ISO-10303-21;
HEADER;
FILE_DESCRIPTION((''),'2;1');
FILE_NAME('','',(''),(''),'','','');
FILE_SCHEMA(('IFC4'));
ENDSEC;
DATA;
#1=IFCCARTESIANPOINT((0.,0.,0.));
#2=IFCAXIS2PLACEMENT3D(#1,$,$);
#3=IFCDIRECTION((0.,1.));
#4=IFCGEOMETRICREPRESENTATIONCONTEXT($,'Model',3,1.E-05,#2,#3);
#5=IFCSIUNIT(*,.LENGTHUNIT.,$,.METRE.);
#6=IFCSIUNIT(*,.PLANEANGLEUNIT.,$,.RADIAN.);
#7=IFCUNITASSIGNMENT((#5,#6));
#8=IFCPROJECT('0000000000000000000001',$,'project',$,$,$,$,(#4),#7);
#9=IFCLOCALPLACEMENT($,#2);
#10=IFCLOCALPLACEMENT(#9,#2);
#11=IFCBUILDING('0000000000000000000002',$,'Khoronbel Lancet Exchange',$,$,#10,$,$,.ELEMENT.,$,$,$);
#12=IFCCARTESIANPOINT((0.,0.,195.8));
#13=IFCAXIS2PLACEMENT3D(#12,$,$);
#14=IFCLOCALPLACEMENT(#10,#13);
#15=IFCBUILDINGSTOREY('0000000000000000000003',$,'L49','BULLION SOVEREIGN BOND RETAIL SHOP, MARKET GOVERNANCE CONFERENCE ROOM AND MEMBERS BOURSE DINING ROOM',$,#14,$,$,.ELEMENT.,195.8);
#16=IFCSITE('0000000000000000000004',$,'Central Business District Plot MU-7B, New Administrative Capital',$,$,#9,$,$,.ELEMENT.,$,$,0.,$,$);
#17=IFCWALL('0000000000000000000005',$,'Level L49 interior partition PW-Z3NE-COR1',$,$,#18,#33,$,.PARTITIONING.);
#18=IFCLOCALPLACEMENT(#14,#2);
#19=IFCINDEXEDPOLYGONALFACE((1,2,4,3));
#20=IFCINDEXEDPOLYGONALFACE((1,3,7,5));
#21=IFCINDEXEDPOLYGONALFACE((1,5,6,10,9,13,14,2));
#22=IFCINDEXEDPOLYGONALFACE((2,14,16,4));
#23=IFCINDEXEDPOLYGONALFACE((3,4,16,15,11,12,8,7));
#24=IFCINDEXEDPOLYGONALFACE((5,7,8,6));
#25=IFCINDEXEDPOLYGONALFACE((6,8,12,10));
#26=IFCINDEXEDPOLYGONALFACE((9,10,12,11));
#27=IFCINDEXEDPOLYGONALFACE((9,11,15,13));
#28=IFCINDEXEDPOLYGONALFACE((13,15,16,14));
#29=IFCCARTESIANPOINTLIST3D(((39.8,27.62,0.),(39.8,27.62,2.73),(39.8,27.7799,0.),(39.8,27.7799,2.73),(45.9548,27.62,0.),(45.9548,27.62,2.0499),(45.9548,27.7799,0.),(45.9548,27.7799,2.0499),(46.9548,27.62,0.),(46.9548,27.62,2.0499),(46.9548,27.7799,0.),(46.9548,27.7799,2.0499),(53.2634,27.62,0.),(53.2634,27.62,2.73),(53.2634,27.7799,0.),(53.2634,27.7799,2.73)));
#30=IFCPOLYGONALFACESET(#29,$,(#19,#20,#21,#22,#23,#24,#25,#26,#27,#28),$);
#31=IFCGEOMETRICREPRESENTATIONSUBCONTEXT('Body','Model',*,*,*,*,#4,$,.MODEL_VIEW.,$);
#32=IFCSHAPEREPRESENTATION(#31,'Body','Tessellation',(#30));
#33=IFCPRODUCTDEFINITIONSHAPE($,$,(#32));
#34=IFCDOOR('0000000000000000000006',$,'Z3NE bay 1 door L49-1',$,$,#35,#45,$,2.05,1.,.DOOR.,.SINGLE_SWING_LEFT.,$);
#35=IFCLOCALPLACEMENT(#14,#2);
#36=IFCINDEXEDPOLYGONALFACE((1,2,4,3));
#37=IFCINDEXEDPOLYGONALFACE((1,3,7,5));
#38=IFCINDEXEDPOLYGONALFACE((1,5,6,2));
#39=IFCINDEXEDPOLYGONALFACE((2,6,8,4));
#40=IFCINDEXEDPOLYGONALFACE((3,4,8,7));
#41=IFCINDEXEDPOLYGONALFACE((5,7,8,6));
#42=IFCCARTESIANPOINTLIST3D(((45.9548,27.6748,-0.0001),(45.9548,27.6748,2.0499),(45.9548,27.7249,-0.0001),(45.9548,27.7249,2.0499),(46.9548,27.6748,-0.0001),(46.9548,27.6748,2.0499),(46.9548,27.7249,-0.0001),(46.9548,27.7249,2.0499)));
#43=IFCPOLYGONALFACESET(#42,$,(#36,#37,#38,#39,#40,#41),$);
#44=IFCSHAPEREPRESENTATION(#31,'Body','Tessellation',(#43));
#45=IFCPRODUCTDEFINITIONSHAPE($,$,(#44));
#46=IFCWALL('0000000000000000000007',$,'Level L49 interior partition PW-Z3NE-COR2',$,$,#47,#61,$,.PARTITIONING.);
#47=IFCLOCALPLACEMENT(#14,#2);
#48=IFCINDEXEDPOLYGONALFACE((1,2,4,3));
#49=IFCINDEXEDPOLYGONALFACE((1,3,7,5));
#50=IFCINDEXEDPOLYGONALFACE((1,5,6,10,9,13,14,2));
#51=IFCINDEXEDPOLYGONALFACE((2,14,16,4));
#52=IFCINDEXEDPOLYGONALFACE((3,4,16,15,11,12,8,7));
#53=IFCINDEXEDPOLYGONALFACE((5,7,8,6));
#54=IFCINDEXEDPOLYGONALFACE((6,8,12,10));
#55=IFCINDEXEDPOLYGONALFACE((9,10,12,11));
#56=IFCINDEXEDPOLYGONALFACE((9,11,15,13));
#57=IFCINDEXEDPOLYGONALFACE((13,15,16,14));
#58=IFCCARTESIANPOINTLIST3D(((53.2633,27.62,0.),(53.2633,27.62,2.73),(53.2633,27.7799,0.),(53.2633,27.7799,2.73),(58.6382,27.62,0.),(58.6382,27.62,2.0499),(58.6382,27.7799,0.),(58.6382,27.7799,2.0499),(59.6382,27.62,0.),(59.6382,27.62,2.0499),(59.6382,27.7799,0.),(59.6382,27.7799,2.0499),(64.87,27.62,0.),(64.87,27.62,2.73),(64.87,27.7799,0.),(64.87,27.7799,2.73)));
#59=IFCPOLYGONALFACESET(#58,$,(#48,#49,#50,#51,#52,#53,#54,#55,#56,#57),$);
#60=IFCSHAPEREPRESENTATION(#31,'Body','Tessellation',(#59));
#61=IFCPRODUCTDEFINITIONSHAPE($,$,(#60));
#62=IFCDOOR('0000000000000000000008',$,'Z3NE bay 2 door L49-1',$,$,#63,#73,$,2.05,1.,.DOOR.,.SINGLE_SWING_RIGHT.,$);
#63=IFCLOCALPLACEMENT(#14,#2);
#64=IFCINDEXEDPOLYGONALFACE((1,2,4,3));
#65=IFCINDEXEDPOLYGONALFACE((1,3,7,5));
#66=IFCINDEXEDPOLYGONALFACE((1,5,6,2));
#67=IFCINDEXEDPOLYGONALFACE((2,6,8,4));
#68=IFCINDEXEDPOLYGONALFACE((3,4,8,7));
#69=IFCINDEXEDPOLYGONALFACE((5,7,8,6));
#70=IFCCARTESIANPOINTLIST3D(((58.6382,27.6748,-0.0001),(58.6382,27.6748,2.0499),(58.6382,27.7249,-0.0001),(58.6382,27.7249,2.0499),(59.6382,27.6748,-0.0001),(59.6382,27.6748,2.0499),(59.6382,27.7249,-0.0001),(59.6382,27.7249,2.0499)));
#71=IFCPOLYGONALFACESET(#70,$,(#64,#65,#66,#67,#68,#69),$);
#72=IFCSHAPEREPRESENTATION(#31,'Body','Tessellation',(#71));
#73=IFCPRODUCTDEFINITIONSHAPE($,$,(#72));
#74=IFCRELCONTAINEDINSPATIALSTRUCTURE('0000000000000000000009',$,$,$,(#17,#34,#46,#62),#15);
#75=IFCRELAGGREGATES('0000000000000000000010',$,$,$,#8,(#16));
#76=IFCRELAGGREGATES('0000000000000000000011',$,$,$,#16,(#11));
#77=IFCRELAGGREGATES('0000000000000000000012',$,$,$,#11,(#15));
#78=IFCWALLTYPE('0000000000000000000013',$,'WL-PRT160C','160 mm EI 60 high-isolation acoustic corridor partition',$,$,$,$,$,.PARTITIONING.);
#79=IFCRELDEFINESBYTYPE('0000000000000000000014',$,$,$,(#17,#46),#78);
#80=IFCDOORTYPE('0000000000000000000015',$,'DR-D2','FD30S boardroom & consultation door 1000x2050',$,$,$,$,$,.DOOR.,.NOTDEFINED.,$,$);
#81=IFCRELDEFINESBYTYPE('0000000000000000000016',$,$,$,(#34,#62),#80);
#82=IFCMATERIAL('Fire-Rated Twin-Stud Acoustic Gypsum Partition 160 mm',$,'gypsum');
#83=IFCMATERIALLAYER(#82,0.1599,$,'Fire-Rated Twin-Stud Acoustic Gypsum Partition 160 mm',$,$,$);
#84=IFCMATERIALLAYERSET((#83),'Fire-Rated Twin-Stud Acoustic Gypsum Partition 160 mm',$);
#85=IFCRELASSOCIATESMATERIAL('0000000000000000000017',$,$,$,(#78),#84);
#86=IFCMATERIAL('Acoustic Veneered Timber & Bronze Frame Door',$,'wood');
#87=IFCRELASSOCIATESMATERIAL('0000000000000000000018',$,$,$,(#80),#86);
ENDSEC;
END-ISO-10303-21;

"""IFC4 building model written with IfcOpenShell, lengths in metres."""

from ifc_helpers import new_model, si_unit, direction, frame, frame_2d, origin, place, context, subcontext, project, spatial, rectangle, extrude, material, layer, layer_set, type_object, element, fill, save


model = new_model("IFC4")

# Units and contexts
model_context = context("Model", 3, precision=1e-05, world=origin(), true_north=direction((0.0, 1.0)))
body_context = subcontext(model_context, "Body", "Model", "MODEL_VIEW")
ifc_project = project(units=[si_unit("LENGTHUNIT", "METRE"), si_unit("PLANEANGLEUNIT", "RADIAN")], contexts=[model_context])

# Site, building, storey
site_placement = place(None, origin())
site = spatial("IfcSite", under=ifc_project, at=site_placement, Name="Central Business District Plot MU-7B, New Administrative Capital", CompositionType="ELEMENT", RefElevation=0.0)
building_placement = place(site_placement, origin())
building = spatial("IfcBuilding", under=site, at=building_placement, Name="Khoronbel Lancet Exchange", CompositionType="ELEMENT")
storey_placement = place(building_placement, frame((0.0, 0.0, 195.8)))
storey = spatial("IfcBuildingStorey", under=building, at=storey_placement, Name="L49", Description="BULLION SOVEREIGN BOND RETAIL SHOP, MARKET GOVERNANCE CONFERENCE ROOM AND MEMBERS BOURSE DINING ROOM", CompositionType="ELEMENT", Elevation=195.8)

# Walls, openings, doors
ifc_material_1 = material(Name="Fire-Rated Twin-Stud Acoustic Gypsum Partition 160 mm", Category="gypsum")
ifc_layer_1 = layer(ifc_material_1, 0.1599, Name="Fire-Rated Twin-Stud Acoustic Gypsum Partition 160 mm")
ifc_layer_set_1 = layer_set([ifc_layer_1], Name="Fire-Rated Twin-Stud Acoustic Gypsum Partition 160 mm")
wall_type_1 = type_object("IfcWallType", Name="WL-PRT160C", Description="160 mm EI 60 high-isolation acoustic corridor partition", PredefinedType="PARTITIONING", material=ifc_layer_set_1)
ifc_material_2 = material(Name="Acoustic Veneered Timber & Bronze Frame Door", Category="wood")
door_type_1 = type_object("IfcDoorType", Name="DR-D2", Description="FD30S boardroom & consultation door 1000x2050", OperationType="NOTDEFINED", PredefinedType="DOOR", material=ifc_material_2)
wall_1_placement = place(storey_placement, frame((39.8, 27.7, 0.0), z_axis=(0.0, 0.0, 1.0), x_axis=(1.0, 0.0, 0.0)))
wall_1 = element("IfcWall", 1, at=wall_1_placement, inside=storey, type_object=wall_type_1, Name="Level L49 interior partition PW-Z3NE-COR1", PredefinedType="PARTITIONING", context=body_context, shape_type="SweptSolid", body=[
    extrude(rectangle(XDim=13.4634, YDim=0.1599, at=frame_2d((6.7317, 0.0))), origin(), (0.0, 0.0, 1.0), 2.73),
])
opening_1_placement = place(wall_1_placement, frame((6.1548, 0.0, 0.0)))
opening_1 = element("IfcOpeningElement", 2, at=opening_1_placement, cuts=wall_1, PredefinedType="OPENING", context=body_context, shape_type="SweptSolid", body=[
    extrude(rectangle(XDim=1.0, YDim=2.05, at=frame_2d((0.5, 1.0249))), frame((0.0, 0.0898, 0.0), z_axis=(0.0, -1.0, 0.0), x_axis=(1.0, 0.0, 0.0)), (0.0, 0.0, 1.0), 0.1799),
])
door_1_placement = place(opening_1_placement, origin())
door_1 = element("IfcDoor", 3, at=door_1_placement, inside=storey, type_object=door_type_1, Name="Z3NE bay 1 door L49-1", OperationType="SINGLE_SWING_LEFT", OverallHeight=2.05, OverallWidth=1.0, PredefinedType="DOOR", context=body_context, shape_type="SweptSolid", body=[
    extrude(rectangle(XDim=1.0, YDim=2.05, at=frame_2d((0.5, 1.0249))), frame((0.0, 0.0249, 0.0), z_axis=(0.0, -1.0, 0.0), x_axis=(1.0, 0.0, 0.0)), (0.0, 0.0, 1.0), 0.05),
])
fill(opening_1, door_1)
wall_2_placement = place(storey_placement, frame((53.2634, 27.7, 0.0), z_axis=(0.0, 0.0, 1.0), x_axis=(1.0, 0.0, 0.0)))
wall_2 = element("IfcWall", 4, at=wall_2_placement, inside=storey, type_object=wall_type_1, Name="Level L49 interior partition PW-Z3NE-COR2", PredefinedType="PARTITIONING", context=body_context, shape_type="SweptSolid", body=[
    extrude(rectangle(XDim=11.6067, YDim=0.1599, at=frame_2d((5.8032, 0.0))), origin(), (0.0, 0.0, 1.0), 2.73),
])
opening_2_placement = place(wall_2_placement, frame((5.3748, 0.0, 0.0)))
opening_2 = element("IfcOpeningElement", 5, at=opening_2_placement, cuts=wall_2, PredefinedType="OPENING", context=body_context, shape_type="SweptSolid", body=[
    extrude(rectangle(XDim=1.0, YDim=2.05, at=frame_2d((0.5, 1.0249))), frame((0.0, 0.0898, 0.0), z_axis=(0.0, -1.0, 0.0), x_axis=(1.0, 0.0, 0.0)), (0.0, 0.0, 1.0), 0.1799),
])
door_2_placement = place(opening_2_placement, origin())
door_2 = element("IfcDoor", 6, at=door_2_placement, inside=storey, type_object=door_type_1, Name="Z3NE bay 2 door L49-1", OperationType="SINGLE_SWING_RIGHT", OverallHeight=2.05, OverallWidth=1.0, PredefinedType="DOOR", context=body_context, shape_type="SweptSolid", body=[
    extrude(rectangle(XDim=1.0, YDim=2.05, at=frame_2d((0.5, 1.0249))), frame((0.0, 0.0249, 0.0), z_axis=(0.0, -1.0, 0.0), x_axis=(1.0, 0.0, 0.0)), (0.0, 0.0, 1.0), 0.05),
])
fill(opening_2, door_2)

save(model, "model.ifc")
